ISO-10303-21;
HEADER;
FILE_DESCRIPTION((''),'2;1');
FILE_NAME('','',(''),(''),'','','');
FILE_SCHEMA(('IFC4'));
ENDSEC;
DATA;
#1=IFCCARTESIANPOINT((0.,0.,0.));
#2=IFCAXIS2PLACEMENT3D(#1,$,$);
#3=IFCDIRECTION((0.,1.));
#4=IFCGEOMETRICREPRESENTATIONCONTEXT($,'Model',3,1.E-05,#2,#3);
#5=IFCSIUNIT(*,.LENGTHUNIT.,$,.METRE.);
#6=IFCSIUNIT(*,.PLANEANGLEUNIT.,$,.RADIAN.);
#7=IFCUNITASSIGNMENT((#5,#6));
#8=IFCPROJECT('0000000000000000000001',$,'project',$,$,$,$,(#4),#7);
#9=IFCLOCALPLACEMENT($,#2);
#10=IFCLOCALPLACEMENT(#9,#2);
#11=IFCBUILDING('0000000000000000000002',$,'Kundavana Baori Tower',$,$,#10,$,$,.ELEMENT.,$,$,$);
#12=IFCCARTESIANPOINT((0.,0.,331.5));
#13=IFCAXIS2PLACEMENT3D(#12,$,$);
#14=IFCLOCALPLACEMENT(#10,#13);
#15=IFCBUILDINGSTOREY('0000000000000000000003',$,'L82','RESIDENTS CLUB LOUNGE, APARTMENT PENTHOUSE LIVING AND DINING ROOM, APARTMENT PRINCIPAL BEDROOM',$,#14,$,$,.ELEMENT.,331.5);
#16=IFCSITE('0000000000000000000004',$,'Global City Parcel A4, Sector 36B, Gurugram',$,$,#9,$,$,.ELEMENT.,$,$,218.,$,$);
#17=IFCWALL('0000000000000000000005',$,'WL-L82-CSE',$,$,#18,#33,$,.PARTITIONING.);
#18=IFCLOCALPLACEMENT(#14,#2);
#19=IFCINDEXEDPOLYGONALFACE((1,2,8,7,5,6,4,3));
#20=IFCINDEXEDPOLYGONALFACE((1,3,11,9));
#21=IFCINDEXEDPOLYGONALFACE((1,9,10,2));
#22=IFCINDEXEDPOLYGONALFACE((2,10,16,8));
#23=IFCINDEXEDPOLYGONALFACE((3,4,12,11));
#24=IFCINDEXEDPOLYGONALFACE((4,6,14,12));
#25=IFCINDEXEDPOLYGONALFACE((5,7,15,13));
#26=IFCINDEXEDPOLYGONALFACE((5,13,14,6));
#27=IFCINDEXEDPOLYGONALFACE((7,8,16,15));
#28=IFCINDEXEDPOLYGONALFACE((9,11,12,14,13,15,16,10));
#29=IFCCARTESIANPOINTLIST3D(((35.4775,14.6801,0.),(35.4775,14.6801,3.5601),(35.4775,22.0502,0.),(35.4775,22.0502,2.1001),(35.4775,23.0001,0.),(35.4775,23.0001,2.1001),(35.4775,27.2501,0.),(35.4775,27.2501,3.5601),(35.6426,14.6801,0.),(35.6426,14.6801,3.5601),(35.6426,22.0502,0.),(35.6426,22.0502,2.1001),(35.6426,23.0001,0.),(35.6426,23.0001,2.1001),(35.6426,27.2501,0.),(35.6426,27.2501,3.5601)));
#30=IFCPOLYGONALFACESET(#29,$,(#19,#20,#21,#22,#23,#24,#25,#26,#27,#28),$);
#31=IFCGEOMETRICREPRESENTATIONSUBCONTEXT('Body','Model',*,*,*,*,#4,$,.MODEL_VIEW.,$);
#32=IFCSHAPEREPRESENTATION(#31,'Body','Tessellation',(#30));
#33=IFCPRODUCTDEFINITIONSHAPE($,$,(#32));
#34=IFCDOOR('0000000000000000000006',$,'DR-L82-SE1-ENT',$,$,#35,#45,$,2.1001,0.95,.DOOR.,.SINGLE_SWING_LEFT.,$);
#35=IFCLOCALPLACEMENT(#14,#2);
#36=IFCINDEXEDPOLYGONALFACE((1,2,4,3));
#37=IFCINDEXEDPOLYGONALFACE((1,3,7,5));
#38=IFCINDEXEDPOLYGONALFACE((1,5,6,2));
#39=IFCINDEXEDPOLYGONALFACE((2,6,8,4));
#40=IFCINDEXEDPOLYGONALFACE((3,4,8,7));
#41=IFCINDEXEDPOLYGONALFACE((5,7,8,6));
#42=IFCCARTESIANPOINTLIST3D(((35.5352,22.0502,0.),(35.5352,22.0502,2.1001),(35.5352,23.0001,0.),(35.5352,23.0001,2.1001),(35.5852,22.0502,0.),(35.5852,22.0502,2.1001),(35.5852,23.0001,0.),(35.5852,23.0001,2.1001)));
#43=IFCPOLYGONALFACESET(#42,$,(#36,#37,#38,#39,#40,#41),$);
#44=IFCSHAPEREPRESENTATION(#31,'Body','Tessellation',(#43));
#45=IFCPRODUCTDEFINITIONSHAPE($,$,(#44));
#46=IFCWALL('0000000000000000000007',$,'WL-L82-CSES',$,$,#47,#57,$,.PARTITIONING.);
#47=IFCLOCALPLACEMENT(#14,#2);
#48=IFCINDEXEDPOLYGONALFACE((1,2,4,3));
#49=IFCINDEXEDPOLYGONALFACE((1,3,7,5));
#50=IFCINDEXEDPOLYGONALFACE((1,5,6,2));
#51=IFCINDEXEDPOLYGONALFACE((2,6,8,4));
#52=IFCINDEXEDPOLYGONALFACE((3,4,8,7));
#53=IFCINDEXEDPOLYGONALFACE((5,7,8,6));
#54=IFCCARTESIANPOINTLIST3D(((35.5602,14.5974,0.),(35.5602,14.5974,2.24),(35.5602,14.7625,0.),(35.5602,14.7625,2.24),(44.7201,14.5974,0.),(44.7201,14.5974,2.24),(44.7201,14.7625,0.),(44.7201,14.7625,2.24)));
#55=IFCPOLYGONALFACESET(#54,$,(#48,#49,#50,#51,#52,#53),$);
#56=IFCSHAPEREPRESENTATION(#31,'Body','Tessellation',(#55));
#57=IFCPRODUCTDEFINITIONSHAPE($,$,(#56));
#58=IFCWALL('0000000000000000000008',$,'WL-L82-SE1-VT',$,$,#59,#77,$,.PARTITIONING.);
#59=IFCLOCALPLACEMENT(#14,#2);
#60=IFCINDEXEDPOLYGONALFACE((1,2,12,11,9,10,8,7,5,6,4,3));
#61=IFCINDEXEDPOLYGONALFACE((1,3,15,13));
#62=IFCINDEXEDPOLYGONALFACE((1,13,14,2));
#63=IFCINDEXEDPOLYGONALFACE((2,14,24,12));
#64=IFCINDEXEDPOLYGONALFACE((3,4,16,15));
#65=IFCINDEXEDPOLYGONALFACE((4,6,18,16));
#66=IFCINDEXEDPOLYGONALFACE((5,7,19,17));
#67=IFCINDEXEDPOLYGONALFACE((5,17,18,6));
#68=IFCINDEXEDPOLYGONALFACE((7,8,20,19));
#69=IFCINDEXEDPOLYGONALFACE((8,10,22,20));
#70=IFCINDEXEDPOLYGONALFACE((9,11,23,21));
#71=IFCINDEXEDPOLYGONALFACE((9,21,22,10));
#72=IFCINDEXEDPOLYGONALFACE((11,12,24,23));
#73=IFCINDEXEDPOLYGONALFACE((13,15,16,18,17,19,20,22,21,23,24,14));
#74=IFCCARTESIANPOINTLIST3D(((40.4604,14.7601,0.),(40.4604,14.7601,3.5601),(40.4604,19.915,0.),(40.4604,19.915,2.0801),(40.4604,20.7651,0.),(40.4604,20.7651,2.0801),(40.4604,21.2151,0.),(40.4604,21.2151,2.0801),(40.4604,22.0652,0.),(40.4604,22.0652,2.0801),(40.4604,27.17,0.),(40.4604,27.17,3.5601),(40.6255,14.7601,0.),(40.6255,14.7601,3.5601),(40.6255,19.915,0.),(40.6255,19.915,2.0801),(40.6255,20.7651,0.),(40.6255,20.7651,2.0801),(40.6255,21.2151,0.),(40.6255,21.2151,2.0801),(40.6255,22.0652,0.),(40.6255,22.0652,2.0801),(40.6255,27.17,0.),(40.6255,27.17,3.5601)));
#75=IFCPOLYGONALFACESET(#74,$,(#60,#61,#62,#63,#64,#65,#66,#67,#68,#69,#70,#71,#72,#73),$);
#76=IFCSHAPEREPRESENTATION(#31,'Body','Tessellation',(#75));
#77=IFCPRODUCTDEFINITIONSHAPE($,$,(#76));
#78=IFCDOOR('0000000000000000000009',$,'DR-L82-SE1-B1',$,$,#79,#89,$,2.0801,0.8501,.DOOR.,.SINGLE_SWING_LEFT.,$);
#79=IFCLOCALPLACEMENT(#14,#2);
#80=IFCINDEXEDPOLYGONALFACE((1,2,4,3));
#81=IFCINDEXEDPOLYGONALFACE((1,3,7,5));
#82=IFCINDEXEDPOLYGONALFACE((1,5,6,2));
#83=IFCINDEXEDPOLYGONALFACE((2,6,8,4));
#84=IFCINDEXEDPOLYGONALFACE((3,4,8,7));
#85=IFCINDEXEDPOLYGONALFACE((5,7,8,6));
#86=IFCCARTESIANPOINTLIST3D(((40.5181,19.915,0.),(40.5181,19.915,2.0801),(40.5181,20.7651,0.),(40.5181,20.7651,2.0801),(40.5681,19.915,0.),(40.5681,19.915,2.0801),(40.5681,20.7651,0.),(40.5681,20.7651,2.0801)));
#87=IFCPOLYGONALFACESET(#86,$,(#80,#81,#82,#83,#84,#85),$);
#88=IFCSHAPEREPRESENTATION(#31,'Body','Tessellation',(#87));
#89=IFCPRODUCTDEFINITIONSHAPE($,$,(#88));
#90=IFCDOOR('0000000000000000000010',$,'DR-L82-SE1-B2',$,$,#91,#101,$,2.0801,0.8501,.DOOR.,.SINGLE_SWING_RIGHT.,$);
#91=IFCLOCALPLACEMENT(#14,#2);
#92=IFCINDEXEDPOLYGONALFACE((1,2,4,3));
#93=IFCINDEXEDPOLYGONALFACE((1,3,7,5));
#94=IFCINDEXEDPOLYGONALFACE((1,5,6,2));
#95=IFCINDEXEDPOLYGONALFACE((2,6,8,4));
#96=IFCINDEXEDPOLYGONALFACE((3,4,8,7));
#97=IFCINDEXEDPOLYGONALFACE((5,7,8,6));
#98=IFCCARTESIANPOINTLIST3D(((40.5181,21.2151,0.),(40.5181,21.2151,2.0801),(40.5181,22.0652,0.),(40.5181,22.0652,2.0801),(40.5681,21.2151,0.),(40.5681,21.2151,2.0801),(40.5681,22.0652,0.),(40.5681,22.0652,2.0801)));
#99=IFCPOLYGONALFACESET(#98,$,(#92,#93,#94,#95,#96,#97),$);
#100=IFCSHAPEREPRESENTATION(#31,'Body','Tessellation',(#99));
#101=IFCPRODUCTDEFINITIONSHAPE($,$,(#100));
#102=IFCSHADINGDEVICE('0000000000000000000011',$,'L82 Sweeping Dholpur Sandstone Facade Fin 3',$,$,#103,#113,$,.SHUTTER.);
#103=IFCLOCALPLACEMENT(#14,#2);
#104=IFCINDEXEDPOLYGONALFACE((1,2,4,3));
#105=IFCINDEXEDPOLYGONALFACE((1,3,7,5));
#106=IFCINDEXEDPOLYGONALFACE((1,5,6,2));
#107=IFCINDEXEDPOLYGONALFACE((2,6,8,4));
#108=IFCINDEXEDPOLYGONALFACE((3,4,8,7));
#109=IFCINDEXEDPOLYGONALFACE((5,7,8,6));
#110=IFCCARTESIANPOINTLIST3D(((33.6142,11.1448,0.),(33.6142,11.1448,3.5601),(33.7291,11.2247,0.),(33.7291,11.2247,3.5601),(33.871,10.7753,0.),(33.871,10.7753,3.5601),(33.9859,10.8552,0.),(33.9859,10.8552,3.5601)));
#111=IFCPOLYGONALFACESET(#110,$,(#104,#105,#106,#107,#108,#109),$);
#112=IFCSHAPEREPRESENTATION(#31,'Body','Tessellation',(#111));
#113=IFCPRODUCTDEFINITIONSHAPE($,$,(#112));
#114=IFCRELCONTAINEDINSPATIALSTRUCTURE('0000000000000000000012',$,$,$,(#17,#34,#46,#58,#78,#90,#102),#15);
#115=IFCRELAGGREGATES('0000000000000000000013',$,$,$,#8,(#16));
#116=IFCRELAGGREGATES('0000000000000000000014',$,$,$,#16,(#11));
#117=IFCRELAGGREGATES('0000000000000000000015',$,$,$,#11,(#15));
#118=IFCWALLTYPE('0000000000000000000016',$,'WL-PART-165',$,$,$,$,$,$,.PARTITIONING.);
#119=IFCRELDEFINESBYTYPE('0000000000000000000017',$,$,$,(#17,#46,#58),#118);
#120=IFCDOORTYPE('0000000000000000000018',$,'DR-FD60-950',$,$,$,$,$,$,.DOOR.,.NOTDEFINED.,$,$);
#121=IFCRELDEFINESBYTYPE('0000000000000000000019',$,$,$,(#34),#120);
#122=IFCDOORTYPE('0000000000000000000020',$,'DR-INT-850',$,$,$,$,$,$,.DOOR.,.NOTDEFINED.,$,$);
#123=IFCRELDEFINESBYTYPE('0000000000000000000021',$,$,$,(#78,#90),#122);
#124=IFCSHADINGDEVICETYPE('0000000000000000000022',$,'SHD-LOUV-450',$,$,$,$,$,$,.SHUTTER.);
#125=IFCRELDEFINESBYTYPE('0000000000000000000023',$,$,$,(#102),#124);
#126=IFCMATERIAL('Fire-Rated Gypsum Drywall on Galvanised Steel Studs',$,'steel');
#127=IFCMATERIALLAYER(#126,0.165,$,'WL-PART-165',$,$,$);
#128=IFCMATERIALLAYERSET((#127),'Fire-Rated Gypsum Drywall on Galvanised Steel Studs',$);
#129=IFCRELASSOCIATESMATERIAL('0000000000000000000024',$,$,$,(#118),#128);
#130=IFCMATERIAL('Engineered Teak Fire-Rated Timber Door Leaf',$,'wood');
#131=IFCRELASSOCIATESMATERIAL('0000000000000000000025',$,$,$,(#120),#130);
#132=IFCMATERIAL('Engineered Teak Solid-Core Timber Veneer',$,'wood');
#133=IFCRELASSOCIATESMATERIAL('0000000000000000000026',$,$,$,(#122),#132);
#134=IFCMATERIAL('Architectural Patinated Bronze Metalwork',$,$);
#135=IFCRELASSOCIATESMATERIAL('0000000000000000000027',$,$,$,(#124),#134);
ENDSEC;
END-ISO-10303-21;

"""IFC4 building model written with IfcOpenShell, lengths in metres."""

from ifc_helpers import new_model, si_unit, direction, frame, frame_2d, origin, origin_2d, place, context, subcontext, project, spatial, rectangle, extrude, material, layer, layer_set, type_object, element, fill, save


model = new_model("IFC4")

# Units and contexts
model_context = context("Model", 3, precision=1e-05, world=origin(), true_north=direction((0.0, 1.0)))
body_context = subcontext(model_context, "Body", "Model", "MODEL_VIEW")
ifc_project = project(units=[si_unit("LENGTHUNIT", "METRE"), si_unit("PLANEANGLEUNIT", "RADIAN")], contexts=[model_context])

# Site, building, storey
site_placement = place(None, origin())
site = spatial("IfcSite", under=ifc_project, at=site_placement, Name="Global City Parcel A4, Sector 36B, Gurugram", CompositionType="ELEMENT", RefElevation=218.0)
building_placement = place(site_placement, origin())
building = spatial("IfcBuilding", under=site, at=building_placement, Name="Kundavana Baori Tower", CompositionType="ELEMENT")
storey_placement = place(building_placement, frame((0.0, 0.0, 331.5)))
storey = spatial("IfcBuildingStorey", under=building, at=storey_placement, Name="L82", Description="RESIDENTS CLUB LOUNGE, APARTMENT PENTHOUSE LIVING AND DINING ROOM, APARTMENT PRINCIPAL BEDROOM", CompositionType="ELEMENT", Elevation=331.5)

# Wall, opening, door
ifc_material_1 = material(Name="Fire-Rated Gypsum Drywall on Galvanised Steel Studs", Category="steel")
ifc_layer_1 = layer(ifc_material_1, 0.165, Name="WL-PART-165")
ifc_layer_set_1 = layer_set([ifc_layer_1], Name="Fire-Rated Gypsum Drywall on Galvanised Steel Studs")
wall_type_1 = type_object("IfcWallType", Name="WL-PART-165", PredefinedType="PARTITIONING", material=ifc_layer_set_1)
wall_1_placement = place(storey_placement, frame((35.5601, 14.6799, 0.0), z_axis=(0.0, 0.0, 1.0), x_axis=(0.0, 1.0, 0.0)))
wall_1 = element("IfcWall", 1, at=wall_1_placement, inside=storey, type_object=wall_type_1, Name="WL-L82-CSE", PredefinedType="PARTITIONING", context=body_context, shape_type="SweptSolid", body=[
    extrude(rectangle(XDim=12.5701, YDim=0.165, at=frame_2d((6.2852, 0.0))), origin(), (0.0, 0.0, 1.0), 3.5601),
])
opening_1_placement = place(wall_1_placement, frame((7.3701, 0.0, 0.0)))
opening_1 = element("IfcOpeningElement", 2, at=opening_1_placement, cuts=wall_1, PredefinedType="OPENING", context=body_context, shape_type="SweptSolid", body=[
    extrude(rectangle(XDim=0.95, YDim=2.1001, at=frame_2d((0.4751, 1.05))), frame((0.0, 0.0925, 0.0), z_axis=(0.0, -1.0, 0.0), x_axis=(1.0, 0.0, 0.0)), (0.0, 0.0, 1.0), 0.1851),
])
ifc_material_2 = material(Name="Engineered Teak Fire-Rated Timber Door Leaf", Category="wood")
door_type_1 = type_object("IfcDoorType", Name="DR-FD60-950", OperationType="NOTDEFINED", PredefinedType="DOOR", material=ifc_material_2)
door_1_placement = place(opening_1_placement, origin())
door_1 = element("IfcDoor", 3, at=door_1_placement, inside=storey, type_object=door_type_1, Name="DR-L82-SE1-ENT", OperationType="SINGLE_SWING_LEFT", OverallHeight=2.1001, OverallWidth=0.95, PredefinedType="DOOR", context=body_context, shape_type="SweptSolid", body=[
    extrude(rectangle(XDim=0.95, YDim=2.1001, at=frame_2d((0.4751, 1.05))), frame((0.0, 0.0249, 0.0), z_axis=(0.0, -1.0, 0.0), x_axis=(1.0, 0.0, 0.0)), (0.0, 0.0, 1.0), 0.05),
])
fill(opening_1, door_1)

# Wall
wall_2_placement = place(storey_placement, frame((35.5601, 14.6799, 0.0), z_axis=(0.0, 0.0, 1.0), x_axis=(1.0, 0.0, 0.0)))
element("IfcWall", 4, at=wall_2_placement, inside=storey, type_object=wall_type_1, Name="WL-L82-CSES", PredefinedType="PARTITIONING", context=body_context, shape_type="SweptSolid", body=[
    extrude(rectangle(XDim=9.1599, YDim=0.165, at=frame_2d((4.5801, 0.0))), origin(), (0.0, 0.0, 1.0), 2.24),
])

# Wall, openings, doors
wall_3_placement = place(storey_placement, frame((40.543, 14.76, 0.0), z_axis=(0.0, 0.0, 1.0), x_axis=(0.0, 1.0, 0.0)))
wall_3 = element("IfcWall", 5, at=wall_3_placement, inside=storey, type_object=wall_type_1, Name="WL-L82-SE1-VT", PredefinedType="PARTITIONING", context=body_context, shape_type="SweptSolid", body=[
    extrude(rectangle(XDim=12.4099, YDim=0.165, at=frame_2d((6.2051, 0.0))), origin(), (0.0, 0.0, 1.0), 3.5601),
])
opening_2_placement = place(wall_3_placement, frame((5.155, 0.0, 0.0)))
opening_2 = element("IfcOpeningElement", 6, at=opening_2_placement, cuts=wall_3, PredefinedType="OPENING", context=body_context, shape_type="SweptSolid", body=[
    extrude(rectangle(XDim=0.8501, YDim=2.0801, at=frame_2d((0.425, 1.04))), frame((0.0, 0.0925, 0.0), z_axis=(0.0, -1.0, 0.0), x_axis=(1.0, 0.0, 0.0)), (0.0, 0.0, 1.0), 0.1851),
])
opening_3_placement = place(wall_3_placement, frame((6.4551, 0.0, 0.0)))
opening_3 = element("IfcOpeningElement", 7, at=opening_3_placement, cuts=wall_3, PredefinedType="OPENING", context=body_context, shape_type="SweptSolid", body=[
    extrude(rectangle(XDim=0.8501, YDim=2.0801, at=frame_2d((0.425, 1.04))), frame((0.0, 0.0925, 0.0), z_axis=(0.0, -1.0, 0.0), x_axis=(1.0, 0.0, 0.0)), (0.0, 0.0, 1.0), 0.1851),
])
ifc_material_3 = material(Name="Engineered Teak Solid-Core Timber Veneer", Category="wood")
door_type_2 = type_object("IfcDoorType", Name="DR-INT-850", OperationType="NOTDEFINED", PredefinedType="DOOR", material=ifc_material_3)
door_2_placement = place(opening_2_placement, origin())
door_2 = element("IfcDoor", 8, at=door_2_placement, inside=storey, type_object=door_type_2, Name="DR-L82-SE1-B1", OperationType="SINGLE_SWING_LEFT", OverallHeight=2.0801, OverallWidth=0.8501, PredefinedType="DOOR", context=body_context, shape_type="SweptSolid", body=[
    extrude(rectangle(XDim=0.8501, YDim=2.0801, at=frame_2d((0.425, 1.04))), frame((0.0, 0.0249, 0.0), z_axis=(0.0, -1.0, 0.0), x_axis=(1.0, 0.0, 0.0)), (0.0, 0.0, 1.0), 0.05),
])
fill(opening_2, door_2)
door_3_placement = place(opening_3_placement, origin())
door_3 = element("IfcDoor", 9, at=door_3_placement, inside=storey, type_object=door_type_2, Name="DR-L82-SE1-B2", OperationType="SINGLE_SWING_RIGHT", OverallHeight=2.0801, OverallWidth=0.8501, PredefinedType="DOOR", context=body_context, shape_type="SweptSolid", body=[
    extrude(rectangle(XDim=0.8501, YDim=2.0801, at=frame_2d((0.425, 1.04))), frame((0.0, 0.0249, 0.0), z_axis=(0.0, -1.0, 0.0), x_axis=(1.0, 0.0, 0.0)), (0.0, 0.0, 1.0), 0.05),
])
fill(opening_3, door_3)

# Shading device
ifc_material_4 = material(Name="Architectural Patinated Bronze Metalwork")
shading_device_type = type_object("IfcShadingDeviceType", Name="SHD-LOUV-450", PredefinedType="SHUTTER", material=ifc_material_4)
shading_device_placement = place(storey_placement, frame((33.8, 11.0, 0.0), z_axis=(0.0, 0.0, 1.0), x_axis=(0.821149, 0.570714, 0.0)))
element("IfcShadingDevice", 10, at=shading_device_placement, inside=storey, type_object=shading_device_type, Name="L82 Sweeping Dholpur Sandstone Facade Fin 3", PredefinedType="SHUTTER", context=body_context, shape_type="SweptSolid", body=[
    extrude(rectangle(XDim=0.1399, YDim=0.45, at=origin_2d()), origin(), (0.0, 0.0, 1.0), 3.5601),
])

save(model, "model.ifc")
